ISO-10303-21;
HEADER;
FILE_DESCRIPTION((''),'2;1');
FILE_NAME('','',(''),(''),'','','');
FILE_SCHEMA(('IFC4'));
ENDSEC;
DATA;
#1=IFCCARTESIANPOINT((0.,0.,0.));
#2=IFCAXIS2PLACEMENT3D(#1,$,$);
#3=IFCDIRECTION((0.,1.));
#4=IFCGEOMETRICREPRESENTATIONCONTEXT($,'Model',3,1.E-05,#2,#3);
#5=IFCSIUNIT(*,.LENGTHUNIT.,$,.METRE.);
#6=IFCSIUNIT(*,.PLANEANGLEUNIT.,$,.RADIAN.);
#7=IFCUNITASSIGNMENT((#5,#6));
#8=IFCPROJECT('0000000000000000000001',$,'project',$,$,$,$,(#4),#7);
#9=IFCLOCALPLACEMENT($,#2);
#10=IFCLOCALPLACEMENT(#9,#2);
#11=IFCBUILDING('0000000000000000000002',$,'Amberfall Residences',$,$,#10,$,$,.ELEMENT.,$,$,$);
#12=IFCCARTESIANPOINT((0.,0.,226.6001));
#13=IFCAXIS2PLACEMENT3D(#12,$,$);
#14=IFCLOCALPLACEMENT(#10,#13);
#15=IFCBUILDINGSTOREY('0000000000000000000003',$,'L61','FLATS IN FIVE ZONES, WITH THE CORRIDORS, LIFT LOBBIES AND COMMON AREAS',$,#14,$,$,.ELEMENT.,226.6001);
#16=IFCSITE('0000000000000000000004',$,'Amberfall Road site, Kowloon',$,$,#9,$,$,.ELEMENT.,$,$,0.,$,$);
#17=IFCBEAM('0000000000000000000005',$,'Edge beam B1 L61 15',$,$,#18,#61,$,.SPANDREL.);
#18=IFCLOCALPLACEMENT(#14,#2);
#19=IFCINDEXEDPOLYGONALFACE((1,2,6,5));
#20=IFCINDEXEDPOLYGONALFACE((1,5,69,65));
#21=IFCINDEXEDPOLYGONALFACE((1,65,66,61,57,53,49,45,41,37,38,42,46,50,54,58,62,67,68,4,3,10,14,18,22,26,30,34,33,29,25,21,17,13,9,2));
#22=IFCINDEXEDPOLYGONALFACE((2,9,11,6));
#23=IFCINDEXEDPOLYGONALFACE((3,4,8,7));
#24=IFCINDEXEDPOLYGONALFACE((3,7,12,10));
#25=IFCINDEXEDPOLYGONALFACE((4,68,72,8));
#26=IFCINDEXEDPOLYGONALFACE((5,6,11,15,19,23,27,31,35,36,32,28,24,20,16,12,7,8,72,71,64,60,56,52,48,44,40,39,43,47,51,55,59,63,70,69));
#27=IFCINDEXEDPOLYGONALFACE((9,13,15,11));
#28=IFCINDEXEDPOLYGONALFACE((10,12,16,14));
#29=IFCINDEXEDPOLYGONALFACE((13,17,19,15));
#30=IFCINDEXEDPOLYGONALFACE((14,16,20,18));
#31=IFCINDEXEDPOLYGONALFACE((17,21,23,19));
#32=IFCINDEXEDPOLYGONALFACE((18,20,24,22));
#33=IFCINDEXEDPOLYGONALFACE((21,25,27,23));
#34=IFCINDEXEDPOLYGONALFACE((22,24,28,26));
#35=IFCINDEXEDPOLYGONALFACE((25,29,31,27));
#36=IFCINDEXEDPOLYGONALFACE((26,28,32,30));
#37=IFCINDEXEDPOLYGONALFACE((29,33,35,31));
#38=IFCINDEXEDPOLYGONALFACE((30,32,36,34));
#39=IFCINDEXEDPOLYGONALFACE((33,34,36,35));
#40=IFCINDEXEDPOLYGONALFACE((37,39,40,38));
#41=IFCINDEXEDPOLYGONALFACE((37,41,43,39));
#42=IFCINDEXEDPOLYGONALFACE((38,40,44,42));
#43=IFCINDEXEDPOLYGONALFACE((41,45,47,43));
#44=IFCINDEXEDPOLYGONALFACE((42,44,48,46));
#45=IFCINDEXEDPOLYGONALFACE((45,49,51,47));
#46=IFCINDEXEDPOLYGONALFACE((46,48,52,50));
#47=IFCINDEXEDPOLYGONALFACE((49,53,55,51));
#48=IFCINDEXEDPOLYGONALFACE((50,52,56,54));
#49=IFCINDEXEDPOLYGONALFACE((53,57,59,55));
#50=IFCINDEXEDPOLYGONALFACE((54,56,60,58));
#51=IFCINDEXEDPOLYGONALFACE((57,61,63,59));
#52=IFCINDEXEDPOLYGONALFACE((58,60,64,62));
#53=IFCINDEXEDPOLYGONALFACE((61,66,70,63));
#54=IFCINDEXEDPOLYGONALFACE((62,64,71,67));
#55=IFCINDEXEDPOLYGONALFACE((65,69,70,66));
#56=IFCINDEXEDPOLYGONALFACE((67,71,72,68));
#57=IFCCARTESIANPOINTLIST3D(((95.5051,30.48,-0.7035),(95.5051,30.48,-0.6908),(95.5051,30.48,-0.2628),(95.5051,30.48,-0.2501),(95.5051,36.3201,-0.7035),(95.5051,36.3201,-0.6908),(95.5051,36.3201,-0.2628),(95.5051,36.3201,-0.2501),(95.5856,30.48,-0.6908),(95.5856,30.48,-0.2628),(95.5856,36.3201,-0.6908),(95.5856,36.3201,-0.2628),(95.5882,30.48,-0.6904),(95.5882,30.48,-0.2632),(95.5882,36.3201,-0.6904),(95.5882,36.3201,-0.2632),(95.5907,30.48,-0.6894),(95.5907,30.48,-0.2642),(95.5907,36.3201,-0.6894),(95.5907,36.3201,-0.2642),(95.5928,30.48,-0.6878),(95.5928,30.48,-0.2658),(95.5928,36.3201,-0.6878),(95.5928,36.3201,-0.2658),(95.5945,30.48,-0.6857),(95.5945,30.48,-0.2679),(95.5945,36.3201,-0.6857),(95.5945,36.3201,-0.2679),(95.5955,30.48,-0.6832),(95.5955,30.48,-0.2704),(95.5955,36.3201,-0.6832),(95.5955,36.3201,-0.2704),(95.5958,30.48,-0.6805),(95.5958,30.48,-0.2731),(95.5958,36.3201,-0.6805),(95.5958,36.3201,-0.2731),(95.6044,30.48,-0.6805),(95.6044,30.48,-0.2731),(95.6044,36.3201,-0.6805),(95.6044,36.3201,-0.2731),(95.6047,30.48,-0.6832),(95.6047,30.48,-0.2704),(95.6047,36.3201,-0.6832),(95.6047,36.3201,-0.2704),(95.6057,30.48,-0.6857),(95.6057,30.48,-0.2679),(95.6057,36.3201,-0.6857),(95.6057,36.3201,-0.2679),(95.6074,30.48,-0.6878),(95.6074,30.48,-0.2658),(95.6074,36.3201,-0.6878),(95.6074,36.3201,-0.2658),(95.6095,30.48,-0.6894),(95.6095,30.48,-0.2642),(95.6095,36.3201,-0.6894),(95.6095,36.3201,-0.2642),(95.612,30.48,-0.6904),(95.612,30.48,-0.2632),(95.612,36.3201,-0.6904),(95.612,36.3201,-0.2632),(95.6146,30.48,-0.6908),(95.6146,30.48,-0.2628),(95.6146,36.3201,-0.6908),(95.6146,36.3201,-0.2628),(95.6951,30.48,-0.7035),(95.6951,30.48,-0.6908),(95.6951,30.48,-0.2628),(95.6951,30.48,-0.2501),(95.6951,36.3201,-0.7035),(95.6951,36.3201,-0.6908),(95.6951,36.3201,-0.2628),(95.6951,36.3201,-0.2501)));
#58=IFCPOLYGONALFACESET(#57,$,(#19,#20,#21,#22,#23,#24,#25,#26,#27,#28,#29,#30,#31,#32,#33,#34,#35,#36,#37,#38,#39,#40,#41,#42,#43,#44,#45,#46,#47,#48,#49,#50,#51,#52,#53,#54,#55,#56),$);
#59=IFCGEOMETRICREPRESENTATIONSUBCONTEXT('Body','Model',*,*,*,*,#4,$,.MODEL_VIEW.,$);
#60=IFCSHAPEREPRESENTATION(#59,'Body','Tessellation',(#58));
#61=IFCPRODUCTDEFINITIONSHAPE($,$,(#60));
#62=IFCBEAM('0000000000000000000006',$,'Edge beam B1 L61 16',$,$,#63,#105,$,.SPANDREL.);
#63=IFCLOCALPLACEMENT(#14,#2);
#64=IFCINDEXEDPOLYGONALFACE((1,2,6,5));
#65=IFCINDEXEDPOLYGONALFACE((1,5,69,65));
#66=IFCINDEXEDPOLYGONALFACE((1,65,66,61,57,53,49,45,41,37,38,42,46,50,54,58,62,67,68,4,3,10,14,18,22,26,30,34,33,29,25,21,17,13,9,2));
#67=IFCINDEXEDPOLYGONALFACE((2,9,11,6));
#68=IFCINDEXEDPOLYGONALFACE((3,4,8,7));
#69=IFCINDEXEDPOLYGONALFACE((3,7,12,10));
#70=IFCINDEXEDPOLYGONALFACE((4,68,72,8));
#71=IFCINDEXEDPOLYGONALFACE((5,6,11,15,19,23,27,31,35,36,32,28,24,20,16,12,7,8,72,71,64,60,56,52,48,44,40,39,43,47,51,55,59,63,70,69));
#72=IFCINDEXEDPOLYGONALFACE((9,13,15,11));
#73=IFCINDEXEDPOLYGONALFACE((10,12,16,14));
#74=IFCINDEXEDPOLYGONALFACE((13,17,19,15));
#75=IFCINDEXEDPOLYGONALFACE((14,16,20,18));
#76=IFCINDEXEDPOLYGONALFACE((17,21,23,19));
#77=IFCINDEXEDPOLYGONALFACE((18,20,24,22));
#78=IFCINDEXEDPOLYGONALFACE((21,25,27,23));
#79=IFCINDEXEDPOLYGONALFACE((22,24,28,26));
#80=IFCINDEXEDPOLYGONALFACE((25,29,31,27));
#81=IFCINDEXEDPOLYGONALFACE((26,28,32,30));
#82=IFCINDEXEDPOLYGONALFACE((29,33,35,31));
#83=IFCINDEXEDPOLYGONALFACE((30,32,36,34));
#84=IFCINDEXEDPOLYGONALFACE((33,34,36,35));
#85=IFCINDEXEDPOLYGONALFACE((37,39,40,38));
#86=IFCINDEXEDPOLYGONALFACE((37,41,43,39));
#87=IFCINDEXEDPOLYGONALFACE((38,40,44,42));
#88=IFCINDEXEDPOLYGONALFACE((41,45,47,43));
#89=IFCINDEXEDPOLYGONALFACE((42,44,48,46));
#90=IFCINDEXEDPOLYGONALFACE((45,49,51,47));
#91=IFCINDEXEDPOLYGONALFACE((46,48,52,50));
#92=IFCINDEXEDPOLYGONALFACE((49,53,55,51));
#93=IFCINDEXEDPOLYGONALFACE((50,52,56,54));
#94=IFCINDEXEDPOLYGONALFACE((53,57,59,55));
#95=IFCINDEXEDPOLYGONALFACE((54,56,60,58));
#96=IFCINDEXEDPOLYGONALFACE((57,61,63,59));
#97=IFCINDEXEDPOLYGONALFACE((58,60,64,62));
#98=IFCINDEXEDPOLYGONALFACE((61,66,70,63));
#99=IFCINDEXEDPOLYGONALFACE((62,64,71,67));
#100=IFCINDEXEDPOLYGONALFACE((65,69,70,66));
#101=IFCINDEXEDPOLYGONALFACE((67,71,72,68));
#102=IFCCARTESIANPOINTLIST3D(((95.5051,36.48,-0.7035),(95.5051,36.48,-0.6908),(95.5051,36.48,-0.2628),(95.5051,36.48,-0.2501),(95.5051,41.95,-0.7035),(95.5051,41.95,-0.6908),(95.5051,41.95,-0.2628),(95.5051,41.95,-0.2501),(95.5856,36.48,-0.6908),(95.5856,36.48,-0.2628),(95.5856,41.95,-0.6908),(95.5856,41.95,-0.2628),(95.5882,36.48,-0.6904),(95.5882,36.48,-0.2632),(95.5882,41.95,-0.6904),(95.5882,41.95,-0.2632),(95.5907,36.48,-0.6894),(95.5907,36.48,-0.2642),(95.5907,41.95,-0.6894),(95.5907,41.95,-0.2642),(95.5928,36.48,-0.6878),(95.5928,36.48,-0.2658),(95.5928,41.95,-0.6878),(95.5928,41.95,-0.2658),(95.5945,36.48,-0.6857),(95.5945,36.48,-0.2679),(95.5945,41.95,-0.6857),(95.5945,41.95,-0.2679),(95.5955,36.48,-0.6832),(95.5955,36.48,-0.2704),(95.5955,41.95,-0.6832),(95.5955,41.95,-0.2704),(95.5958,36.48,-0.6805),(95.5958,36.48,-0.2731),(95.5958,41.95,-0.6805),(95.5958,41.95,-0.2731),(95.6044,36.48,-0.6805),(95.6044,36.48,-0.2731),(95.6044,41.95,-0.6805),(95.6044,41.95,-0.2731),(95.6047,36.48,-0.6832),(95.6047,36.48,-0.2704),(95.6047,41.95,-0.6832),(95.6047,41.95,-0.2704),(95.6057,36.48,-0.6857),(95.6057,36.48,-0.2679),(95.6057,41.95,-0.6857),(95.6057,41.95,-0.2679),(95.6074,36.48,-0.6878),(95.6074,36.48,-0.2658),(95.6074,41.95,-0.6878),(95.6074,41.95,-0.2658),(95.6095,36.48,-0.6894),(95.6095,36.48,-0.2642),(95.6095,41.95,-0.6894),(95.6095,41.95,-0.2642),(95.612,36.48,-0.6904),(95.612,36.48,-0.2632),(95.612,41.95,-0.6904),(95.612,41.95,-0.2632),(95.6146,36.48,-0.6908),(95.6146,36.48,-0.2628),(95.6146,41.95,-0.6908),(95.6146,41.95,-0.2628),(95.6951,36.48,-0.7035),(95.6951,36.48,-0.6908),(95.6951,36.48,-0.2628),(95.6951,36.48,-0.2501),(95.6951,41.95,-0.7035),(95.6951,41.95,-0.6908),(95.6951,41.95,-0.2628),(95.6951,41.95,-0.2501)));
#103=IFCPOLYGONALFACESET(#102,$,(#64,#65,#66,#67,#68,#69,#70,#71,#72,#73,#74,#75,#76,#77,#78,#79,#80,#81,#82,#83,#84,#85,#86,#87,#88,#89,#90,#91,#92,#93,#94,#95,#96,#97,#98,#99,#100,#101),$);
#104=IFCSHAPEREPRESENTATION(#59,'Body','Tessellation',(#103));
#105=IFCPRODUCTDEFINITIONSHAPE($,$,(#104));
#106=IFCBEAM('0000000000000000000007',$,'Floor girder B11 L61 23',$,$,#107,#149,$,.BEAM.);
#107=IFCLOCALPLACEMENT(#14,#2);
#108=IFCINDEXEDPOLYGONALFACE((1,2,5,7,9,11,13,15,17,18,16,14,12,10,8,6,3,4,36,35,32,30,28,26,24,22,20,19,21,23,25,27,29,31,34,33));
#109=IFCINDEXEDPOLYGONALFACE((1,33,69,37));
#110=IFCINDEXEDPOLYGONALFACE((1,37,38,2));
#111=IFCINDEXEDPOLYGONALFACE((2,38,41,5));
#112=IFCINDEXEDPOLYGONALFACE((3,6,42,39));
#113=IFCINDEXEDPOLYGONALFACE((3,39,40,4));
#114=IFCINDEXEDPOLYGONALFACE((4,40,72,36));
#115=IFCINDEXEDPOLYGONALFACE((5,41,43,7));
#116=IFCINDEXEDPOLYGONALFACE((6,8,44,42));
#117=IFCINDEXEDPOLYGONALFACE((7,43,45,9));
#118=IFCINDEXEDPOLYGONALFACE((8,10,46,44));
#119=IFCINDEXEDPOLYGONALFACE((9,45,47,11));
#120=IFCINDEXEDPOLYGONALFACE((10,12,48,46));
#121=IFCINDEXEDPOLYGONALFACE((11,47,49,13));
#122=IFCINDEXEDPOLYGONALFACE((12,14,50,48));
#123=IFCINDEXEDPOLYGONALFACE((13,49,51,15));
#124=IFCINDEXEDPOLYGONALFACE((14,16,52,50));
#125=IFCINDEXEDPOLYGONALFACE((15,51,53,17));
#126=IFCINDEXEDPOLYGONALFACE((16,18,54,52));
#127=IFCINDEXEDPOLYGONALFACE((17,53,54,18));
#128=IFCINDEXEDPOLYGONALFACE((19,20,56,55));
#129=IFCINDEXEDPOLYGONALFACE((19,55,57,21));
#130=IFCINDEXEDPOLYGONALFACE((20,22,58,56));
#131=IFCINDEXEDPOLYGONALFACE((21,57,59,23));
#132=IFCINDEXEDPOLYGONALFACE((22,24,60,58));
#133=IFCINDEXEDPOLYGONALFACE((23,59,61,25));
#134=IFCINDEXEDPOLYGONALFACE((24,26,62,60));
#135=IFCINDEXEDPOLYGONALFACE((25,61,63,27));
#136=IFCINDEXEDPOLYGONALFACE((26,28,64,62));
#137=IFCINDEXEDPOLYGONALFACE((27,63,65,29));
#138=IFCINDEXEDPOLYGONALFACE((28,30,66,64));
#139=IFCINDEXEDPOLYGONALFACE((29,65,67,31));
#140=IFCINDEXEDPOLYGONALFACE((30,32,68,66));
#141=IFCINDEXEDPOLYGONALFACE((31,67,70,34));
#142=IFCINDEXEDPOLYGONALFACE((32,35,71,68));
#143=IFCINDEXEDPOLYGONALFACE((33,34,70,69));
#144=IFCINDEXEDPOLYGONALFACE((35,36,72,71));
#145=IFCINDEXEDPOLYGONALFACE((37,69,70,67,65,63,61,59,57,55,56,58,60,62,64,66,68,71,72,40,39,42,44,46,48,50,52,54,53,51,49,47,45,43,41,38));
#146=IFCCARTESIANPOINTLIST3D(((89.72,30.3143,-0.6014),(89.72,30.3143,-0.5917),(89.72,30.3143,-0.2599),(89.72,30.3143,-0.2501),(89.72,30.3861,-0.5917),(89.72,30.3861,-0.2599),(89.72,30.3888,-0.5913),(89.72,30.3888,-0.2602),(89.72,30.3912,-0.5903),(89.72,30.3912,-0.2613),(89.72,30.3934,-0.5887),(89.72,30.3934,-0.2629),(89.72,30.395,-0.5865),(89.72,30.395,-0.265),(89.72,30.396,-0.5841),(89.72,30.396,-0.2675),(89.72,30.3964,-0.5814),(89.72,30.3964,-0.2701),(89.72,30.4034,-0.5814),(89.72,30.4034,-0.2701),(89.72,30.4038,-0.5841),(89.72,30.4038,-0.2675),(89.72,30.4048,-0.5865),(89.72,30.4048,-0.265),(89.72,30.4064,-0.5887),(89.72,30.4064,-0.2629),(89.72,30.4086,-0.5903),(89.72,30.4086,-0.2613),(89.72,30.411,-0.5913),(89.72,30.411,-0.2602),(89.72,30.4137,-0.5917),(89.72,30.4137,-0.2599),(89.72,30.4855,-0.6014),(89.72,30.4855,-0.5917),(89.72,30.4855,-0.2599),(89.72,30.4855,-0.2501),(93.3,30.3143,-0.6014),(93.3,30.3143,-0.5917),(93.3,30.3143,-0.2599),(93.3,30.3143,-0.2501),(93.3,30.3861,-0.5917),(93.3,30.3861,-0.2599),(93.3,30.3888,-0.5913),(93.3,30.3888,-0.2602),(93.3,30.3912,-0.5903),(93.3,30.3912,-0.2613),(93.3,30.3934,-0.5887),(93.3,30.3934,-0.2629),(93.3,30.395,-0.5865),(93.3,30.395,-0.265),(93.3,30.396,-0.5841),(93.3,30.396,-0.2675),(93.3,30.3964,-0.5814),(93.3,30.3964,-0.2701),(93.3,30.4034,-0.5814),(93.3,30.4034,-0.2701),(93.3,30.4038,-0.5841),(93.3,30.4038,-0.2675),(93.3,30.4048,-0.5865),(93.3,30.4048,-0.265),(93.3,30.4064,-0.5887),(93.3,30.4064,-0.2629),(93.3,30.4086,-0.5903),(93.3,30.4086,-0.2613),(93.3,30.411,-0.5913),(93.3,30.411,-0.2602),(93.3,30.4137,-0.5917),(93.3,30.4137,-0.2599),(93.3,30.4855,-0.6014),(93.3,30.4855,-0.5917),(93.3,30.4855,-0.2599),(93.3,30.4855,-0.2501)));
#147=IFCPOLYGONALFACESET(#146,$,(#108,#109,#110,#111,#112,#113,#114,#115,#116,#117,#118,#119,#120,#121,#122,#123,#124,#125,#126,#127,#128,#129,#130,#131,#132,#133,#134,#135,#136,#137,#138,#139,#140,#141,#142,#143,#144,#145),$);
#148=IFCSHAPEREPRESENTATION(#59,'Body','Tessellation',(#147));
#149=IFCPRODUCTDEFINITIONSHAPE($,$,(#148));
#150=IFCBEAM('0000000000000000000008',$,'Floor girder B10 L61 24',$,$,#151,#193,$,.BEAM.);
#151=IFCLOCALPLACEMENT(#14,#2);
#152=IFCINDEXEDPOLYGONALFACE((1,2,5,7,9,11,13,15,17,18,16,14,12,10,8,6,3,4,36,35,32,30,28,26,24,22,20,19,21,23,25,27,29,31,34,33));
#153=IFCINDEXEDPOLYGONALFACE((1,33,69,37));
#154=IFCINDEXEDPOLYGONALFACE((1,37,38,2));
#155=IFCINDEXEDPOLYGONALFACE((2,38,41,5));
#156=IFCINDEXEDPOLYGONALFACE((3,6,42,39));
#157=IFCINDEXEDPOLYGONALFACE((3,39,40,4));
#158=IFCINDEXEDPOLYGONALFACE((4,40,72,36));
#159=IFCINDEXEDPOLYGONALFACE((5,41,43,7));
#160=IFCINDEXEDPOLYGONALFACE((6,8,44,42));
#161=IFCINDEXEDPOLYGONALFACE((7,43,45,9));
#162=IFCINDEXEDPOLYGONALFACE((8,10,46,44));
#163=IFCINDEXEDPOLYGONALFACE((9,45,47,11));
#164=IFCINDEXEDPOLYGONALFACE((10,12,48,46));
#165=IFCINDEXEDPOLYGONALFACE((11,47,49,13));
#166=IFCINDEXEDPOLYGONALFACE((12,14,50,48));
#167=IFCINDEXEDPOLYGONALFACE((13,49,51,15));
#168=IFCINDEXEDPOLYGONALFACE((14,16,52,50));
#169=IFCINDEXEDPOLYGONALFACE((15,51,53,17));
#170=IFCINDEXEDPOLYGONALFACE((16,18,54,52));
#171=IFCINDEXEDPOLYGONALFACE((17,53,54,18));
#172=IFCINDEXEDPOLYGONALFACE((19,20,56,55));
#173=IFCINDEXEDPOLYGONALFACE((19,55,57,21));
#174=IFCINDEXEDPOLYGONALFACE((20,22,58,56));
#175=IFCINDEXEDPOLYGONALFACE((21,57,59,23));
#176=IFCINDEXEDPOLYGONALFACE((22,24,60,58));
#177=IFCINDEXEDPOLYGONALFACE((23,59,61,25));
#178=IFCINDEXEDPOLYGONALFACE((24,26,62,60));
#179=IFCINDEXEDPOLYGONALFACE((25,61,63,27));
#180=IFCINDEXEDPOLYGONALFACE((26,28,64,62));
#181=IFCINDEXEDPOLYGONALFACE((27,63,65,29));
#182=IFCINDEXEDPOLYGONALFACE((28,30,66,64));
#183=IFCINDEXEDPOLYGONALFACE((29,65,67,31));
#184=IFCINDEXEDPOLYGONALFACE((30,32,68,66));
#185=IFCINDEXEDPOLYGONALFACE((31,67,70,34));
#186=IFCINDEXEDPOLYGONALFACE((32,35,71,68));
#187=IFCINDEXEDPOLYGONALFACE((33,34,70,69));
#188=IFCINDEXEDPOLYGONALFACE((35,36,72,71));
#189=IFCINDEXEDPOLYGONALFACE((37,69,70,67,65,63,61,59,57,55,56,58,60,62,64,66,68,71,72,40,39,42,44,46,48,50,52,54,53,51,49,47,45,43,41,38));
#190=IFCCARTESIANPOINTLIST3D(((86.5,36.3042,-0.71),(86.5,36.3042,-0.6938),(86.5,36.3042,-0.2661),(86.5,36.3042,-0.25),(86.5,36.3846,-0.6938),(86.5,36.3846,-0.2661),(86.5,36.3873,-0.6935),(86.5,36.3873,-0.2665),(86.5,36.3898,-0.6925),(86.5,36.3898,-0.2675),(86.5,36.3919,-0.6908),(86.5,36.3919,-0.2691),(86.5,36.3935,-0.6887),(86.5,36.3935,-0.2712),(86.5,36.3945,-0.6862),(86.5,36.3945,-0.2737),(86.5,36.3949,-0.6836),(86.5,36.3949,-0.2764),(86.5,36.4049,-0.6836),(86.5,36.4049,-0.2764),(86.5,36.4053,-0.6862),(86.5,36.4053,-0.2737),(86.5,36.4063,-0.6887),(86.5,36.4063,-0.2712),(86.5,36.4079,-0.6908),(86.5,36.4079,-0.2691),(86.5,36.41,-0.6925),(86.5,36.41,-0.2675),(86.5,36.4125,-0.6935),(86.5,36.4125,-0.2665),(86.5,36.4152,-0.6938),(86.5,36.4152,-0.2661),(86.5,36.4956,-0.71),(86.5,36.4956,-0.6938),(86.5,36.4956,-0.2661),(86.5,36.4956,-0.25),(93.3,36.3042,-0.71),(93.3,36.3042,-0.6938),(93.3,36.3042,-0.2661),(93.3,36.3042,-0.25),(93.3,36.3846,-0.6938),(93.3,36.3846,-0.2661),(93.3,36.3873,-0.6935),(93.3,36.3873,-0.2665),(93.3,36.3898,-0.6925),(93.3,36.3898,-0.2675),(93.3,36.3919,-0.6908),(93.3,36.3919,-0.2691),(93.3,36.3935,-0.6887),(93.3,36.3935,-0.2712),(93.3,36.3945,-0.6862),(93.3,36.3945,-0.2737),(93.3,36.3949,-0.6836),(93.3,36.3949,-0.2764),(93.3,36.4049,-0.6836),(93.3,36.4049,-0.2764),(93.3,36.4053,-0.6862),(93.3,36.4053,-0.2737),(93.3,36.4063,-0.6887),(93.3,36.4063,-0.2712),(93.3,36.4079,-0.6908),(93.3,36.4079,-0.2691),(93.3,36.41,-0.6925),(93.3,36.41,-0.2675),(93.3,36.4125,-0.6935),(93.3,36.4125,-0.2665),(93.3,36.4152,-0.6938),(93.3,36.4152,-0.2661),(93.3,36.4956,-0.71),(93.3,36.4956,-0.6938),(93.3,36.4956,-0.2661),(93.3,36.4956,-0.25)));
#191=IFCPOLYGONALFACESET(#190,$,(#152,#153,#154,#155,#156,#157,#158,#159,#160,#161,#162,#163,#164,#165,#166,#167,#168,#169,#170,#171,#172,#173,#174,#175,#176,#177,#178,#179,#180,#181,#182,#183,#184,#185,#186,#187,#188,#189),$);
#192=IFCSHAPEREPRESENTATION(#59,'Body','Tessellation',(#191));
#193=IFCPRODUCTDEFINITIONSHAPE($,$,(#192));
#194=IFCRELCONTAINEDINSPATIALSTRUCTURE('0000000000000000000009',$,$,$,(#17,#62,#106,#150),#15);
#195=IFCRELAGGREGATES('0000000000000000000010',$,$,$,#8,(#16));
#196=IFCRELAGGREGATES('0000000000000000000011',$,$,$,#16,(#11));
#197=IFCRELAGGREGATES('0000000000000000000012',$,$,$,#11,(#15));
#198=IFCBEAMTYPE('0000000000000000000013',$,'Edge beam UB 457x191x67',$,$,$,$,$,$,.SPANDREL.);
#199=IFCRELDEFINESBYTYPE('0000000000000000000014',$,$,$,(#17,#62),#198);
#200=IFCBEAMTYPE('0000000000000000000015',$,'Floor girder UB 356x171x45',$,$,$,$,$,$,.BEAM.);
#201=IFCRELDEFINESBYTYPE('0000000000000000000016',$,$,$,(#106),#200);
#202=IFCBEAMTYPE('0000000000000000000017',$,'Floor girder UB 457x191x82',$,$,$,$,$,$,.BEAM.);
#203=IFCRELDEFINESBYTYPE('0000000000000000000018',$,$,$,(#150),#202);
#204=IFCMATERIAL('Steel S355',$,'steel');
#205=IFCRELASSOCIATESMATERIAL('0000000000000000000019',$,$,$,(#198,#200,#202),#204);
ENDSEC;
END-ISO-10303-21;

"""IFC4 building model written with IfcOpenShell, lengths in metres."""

from ifc_helpers import new_model, si_unit, direction, frame, origin, origin_2d, place, context, subcontext, project, spatial, i_section, extrude, material, material_profile, profile_set, type_object, element, save


model = new_model("IFC4")

# Units and contexts
model_context = context("Model", 3, precision=1e-05, world=origin(), true_north=direction((0.0, 1.0)))
body_context = subcontext(model_context, "Body", "Model", "MODEL_VIEW")
ifc_project = project(units=[si_unit("LENGTHUNIT", "METRE"), si_unit("PLANEANGLEUNIT", "RADIAN")], contexts=[model_context])

# Site, building, storey
site_placement = place(None, origin())
site = spatial("IfcSite", under=ifc_project, at=site_placement, Name="Amberfall Road site, Kowloon", CompositionType="ELEMENT", RefElevation=0.0)
building_placement = place(site_placement, origin())
building = spatial("IfcBuilding", under=site, at=building_placement, Name="Amberfall Residences", CompositionType="ELEMENT")
storey_placement = place(building_placement, frame((0.0, 0.0, 226.6001)))
storey = spatial("IfcBuildingStorey", under=building, at=storey_placement, Name="L61", Description="FLATS IN FIVE ZONES, WITH THE CORRIDORS, LIFT LOBBIES AND COMMON AREAS", CompositionType="ELEMENT", Elevation=226.6001)

# Beams
ifc_material_1 = material(Name="Steel S355", Category="steel")
ifc_material_profile_1 = material_profile(ifc_material_1, i_section(OverallWidth=0.1899, OverallDepth=0.4534, WebThickness=0.0085, FlangeThickness=0.0127, FilletRadius=0.0103, at=origin_2d()), Name="UB 457x191x67")
ifc_profile_set_1 = profile_set([ifc_material_profile_1], Name="Steel S355")
beam_type_1 = type_object("IfcBeamType", Name="Edge beam UB 457x191x67", PredefinedType="SPANDREL", material=ifc_profile_set_1)
beam_1_placement = place(storey_placement, frame((95.6001, 30.48, -0.4768), z_axis=(0.0, 1.0, 0.0), x_axis=(-1.0, 0.0, 0.0)))
element("IfcBeam", 1, at=beam_1_placement, inside=storey, type_object=beam_type_1, Name="Edge beam B1 L61 15", PredefinedType="SPANDREL", context=body_context, shape_type="SweptSolid", body=[
    extrude(i_section(OverallWidth=0.1899, OverallDepth=0.4534, WebThickness=0.0085, FlangeThickness=0.0127, FilletRadius=0.0103, at=origin_2d()), origin(), (0.0, 0.0, 1.0), 5.8401),
])
beam_2_placement = place(storey_placement, frame((95.6001, 36.48, -0.4768), z_axis=(0.0, 1.0, 0.0), x_axis=(-1.0, 0.0, 0.0)))
element("IfcBeam", 2, at=beam_2_placement, inside=storey, type_object=beam_type_1, Name="Edge beam B1 L61 16", PredefinedType="SPANDREL", context=body_context, shape_type="SweptSolid", body=[
    extrude(i_section(OverallWidth=0.1899, OverallDepth=0.4534, WebThickness=0.0085, FlangeThickness=0.0127, FilletRadius=0.0103, at=origin_2d()), origin(), (0.0, 0.0, 1.0), 5.47),
])
ifc_material_profile_2 = material_profile(ifc_material_1, i_section(OverallWidth=0.1711, OverallDepth=0.3513, WebThickness=0.0071, FlangeThickness=0.0098, FilletRadius=0.0103, at=origin_2d()), Name="UB 356x171x45")
ifc_profile_set_2 = profile_set([ifc_material_profile_2], Name="Steel S355")
beam_type_2 = type_object("IfcBeamType", Name="Floor girder UB 356x171x45", PredefinedType="BEAM", material=ifc_profile_set_2)
beam_3_placement = place(storey_placement, frame((93.3, 30.3999, -0.4258), z_axis=(-1.0, 0.0, 0.0), x_axis=(0.0, -1.0, 0.0)))
element("IfcBeam", 3, at=beam_3_placement, inside=storey, type_object=beam_type_2, Name="Floor girder B11 L61 23", PredefinedType="BEAM", context=body_context, shape_type="SweptSolid", body=[
    extrude(i_section(OverallWidth=0.1711, OverallDepth=0.3513, WebThickness=0.0071, FlangeThickness=0.0098, FilletRadius=0.0103, at=origin_2d()), origin(), (0.0, 0.0, 1.0), 3.5801),
])
ifc_material_profile_3 = material_profile(ifc_material_1, i_section(OverallWidth=0.1914, OverallDepth=0.46, WebThickness=0.01, FlangeThickness=0.0161, FilletRadius=0.0103, at=origin_2d()), Name="UB 457x191x82")
ifc_profile_set_3 = profile_set([ifc_material_profile_3], Name="Steel S355")
beam_type_3 = type_object("IfcBeamType", Name="Floor girder UB 457x191x82", PredefinedType="BEAM", material=ifc_profile_set_3)
beam_4_placement = place(storey_placement, frame((93.3, 36.3999, -0.48), z_axis=(-1.0, 0.0, 0.0), x_axis=(0.0, -1.0, 0.0)))
element("IfcBeam", 4, at=beam_4_placement, inside=storey, type_object=beam_type_3, Name="Floor girder B10 L61 24", PredefinedType="BEAM", context=body_context, shape_type="SweptSolid", body=[
    extrude(i_section(OverallWidth=0.1914, OverallDepth=0.46, WebThickness=0.01, FlangeThickness=0.0161, FilletRadius=0.0103, at=origin_2d()), origin(), (0.0, 0.0, 1.0), 6.8),
])

save(model, "model.ifc")
